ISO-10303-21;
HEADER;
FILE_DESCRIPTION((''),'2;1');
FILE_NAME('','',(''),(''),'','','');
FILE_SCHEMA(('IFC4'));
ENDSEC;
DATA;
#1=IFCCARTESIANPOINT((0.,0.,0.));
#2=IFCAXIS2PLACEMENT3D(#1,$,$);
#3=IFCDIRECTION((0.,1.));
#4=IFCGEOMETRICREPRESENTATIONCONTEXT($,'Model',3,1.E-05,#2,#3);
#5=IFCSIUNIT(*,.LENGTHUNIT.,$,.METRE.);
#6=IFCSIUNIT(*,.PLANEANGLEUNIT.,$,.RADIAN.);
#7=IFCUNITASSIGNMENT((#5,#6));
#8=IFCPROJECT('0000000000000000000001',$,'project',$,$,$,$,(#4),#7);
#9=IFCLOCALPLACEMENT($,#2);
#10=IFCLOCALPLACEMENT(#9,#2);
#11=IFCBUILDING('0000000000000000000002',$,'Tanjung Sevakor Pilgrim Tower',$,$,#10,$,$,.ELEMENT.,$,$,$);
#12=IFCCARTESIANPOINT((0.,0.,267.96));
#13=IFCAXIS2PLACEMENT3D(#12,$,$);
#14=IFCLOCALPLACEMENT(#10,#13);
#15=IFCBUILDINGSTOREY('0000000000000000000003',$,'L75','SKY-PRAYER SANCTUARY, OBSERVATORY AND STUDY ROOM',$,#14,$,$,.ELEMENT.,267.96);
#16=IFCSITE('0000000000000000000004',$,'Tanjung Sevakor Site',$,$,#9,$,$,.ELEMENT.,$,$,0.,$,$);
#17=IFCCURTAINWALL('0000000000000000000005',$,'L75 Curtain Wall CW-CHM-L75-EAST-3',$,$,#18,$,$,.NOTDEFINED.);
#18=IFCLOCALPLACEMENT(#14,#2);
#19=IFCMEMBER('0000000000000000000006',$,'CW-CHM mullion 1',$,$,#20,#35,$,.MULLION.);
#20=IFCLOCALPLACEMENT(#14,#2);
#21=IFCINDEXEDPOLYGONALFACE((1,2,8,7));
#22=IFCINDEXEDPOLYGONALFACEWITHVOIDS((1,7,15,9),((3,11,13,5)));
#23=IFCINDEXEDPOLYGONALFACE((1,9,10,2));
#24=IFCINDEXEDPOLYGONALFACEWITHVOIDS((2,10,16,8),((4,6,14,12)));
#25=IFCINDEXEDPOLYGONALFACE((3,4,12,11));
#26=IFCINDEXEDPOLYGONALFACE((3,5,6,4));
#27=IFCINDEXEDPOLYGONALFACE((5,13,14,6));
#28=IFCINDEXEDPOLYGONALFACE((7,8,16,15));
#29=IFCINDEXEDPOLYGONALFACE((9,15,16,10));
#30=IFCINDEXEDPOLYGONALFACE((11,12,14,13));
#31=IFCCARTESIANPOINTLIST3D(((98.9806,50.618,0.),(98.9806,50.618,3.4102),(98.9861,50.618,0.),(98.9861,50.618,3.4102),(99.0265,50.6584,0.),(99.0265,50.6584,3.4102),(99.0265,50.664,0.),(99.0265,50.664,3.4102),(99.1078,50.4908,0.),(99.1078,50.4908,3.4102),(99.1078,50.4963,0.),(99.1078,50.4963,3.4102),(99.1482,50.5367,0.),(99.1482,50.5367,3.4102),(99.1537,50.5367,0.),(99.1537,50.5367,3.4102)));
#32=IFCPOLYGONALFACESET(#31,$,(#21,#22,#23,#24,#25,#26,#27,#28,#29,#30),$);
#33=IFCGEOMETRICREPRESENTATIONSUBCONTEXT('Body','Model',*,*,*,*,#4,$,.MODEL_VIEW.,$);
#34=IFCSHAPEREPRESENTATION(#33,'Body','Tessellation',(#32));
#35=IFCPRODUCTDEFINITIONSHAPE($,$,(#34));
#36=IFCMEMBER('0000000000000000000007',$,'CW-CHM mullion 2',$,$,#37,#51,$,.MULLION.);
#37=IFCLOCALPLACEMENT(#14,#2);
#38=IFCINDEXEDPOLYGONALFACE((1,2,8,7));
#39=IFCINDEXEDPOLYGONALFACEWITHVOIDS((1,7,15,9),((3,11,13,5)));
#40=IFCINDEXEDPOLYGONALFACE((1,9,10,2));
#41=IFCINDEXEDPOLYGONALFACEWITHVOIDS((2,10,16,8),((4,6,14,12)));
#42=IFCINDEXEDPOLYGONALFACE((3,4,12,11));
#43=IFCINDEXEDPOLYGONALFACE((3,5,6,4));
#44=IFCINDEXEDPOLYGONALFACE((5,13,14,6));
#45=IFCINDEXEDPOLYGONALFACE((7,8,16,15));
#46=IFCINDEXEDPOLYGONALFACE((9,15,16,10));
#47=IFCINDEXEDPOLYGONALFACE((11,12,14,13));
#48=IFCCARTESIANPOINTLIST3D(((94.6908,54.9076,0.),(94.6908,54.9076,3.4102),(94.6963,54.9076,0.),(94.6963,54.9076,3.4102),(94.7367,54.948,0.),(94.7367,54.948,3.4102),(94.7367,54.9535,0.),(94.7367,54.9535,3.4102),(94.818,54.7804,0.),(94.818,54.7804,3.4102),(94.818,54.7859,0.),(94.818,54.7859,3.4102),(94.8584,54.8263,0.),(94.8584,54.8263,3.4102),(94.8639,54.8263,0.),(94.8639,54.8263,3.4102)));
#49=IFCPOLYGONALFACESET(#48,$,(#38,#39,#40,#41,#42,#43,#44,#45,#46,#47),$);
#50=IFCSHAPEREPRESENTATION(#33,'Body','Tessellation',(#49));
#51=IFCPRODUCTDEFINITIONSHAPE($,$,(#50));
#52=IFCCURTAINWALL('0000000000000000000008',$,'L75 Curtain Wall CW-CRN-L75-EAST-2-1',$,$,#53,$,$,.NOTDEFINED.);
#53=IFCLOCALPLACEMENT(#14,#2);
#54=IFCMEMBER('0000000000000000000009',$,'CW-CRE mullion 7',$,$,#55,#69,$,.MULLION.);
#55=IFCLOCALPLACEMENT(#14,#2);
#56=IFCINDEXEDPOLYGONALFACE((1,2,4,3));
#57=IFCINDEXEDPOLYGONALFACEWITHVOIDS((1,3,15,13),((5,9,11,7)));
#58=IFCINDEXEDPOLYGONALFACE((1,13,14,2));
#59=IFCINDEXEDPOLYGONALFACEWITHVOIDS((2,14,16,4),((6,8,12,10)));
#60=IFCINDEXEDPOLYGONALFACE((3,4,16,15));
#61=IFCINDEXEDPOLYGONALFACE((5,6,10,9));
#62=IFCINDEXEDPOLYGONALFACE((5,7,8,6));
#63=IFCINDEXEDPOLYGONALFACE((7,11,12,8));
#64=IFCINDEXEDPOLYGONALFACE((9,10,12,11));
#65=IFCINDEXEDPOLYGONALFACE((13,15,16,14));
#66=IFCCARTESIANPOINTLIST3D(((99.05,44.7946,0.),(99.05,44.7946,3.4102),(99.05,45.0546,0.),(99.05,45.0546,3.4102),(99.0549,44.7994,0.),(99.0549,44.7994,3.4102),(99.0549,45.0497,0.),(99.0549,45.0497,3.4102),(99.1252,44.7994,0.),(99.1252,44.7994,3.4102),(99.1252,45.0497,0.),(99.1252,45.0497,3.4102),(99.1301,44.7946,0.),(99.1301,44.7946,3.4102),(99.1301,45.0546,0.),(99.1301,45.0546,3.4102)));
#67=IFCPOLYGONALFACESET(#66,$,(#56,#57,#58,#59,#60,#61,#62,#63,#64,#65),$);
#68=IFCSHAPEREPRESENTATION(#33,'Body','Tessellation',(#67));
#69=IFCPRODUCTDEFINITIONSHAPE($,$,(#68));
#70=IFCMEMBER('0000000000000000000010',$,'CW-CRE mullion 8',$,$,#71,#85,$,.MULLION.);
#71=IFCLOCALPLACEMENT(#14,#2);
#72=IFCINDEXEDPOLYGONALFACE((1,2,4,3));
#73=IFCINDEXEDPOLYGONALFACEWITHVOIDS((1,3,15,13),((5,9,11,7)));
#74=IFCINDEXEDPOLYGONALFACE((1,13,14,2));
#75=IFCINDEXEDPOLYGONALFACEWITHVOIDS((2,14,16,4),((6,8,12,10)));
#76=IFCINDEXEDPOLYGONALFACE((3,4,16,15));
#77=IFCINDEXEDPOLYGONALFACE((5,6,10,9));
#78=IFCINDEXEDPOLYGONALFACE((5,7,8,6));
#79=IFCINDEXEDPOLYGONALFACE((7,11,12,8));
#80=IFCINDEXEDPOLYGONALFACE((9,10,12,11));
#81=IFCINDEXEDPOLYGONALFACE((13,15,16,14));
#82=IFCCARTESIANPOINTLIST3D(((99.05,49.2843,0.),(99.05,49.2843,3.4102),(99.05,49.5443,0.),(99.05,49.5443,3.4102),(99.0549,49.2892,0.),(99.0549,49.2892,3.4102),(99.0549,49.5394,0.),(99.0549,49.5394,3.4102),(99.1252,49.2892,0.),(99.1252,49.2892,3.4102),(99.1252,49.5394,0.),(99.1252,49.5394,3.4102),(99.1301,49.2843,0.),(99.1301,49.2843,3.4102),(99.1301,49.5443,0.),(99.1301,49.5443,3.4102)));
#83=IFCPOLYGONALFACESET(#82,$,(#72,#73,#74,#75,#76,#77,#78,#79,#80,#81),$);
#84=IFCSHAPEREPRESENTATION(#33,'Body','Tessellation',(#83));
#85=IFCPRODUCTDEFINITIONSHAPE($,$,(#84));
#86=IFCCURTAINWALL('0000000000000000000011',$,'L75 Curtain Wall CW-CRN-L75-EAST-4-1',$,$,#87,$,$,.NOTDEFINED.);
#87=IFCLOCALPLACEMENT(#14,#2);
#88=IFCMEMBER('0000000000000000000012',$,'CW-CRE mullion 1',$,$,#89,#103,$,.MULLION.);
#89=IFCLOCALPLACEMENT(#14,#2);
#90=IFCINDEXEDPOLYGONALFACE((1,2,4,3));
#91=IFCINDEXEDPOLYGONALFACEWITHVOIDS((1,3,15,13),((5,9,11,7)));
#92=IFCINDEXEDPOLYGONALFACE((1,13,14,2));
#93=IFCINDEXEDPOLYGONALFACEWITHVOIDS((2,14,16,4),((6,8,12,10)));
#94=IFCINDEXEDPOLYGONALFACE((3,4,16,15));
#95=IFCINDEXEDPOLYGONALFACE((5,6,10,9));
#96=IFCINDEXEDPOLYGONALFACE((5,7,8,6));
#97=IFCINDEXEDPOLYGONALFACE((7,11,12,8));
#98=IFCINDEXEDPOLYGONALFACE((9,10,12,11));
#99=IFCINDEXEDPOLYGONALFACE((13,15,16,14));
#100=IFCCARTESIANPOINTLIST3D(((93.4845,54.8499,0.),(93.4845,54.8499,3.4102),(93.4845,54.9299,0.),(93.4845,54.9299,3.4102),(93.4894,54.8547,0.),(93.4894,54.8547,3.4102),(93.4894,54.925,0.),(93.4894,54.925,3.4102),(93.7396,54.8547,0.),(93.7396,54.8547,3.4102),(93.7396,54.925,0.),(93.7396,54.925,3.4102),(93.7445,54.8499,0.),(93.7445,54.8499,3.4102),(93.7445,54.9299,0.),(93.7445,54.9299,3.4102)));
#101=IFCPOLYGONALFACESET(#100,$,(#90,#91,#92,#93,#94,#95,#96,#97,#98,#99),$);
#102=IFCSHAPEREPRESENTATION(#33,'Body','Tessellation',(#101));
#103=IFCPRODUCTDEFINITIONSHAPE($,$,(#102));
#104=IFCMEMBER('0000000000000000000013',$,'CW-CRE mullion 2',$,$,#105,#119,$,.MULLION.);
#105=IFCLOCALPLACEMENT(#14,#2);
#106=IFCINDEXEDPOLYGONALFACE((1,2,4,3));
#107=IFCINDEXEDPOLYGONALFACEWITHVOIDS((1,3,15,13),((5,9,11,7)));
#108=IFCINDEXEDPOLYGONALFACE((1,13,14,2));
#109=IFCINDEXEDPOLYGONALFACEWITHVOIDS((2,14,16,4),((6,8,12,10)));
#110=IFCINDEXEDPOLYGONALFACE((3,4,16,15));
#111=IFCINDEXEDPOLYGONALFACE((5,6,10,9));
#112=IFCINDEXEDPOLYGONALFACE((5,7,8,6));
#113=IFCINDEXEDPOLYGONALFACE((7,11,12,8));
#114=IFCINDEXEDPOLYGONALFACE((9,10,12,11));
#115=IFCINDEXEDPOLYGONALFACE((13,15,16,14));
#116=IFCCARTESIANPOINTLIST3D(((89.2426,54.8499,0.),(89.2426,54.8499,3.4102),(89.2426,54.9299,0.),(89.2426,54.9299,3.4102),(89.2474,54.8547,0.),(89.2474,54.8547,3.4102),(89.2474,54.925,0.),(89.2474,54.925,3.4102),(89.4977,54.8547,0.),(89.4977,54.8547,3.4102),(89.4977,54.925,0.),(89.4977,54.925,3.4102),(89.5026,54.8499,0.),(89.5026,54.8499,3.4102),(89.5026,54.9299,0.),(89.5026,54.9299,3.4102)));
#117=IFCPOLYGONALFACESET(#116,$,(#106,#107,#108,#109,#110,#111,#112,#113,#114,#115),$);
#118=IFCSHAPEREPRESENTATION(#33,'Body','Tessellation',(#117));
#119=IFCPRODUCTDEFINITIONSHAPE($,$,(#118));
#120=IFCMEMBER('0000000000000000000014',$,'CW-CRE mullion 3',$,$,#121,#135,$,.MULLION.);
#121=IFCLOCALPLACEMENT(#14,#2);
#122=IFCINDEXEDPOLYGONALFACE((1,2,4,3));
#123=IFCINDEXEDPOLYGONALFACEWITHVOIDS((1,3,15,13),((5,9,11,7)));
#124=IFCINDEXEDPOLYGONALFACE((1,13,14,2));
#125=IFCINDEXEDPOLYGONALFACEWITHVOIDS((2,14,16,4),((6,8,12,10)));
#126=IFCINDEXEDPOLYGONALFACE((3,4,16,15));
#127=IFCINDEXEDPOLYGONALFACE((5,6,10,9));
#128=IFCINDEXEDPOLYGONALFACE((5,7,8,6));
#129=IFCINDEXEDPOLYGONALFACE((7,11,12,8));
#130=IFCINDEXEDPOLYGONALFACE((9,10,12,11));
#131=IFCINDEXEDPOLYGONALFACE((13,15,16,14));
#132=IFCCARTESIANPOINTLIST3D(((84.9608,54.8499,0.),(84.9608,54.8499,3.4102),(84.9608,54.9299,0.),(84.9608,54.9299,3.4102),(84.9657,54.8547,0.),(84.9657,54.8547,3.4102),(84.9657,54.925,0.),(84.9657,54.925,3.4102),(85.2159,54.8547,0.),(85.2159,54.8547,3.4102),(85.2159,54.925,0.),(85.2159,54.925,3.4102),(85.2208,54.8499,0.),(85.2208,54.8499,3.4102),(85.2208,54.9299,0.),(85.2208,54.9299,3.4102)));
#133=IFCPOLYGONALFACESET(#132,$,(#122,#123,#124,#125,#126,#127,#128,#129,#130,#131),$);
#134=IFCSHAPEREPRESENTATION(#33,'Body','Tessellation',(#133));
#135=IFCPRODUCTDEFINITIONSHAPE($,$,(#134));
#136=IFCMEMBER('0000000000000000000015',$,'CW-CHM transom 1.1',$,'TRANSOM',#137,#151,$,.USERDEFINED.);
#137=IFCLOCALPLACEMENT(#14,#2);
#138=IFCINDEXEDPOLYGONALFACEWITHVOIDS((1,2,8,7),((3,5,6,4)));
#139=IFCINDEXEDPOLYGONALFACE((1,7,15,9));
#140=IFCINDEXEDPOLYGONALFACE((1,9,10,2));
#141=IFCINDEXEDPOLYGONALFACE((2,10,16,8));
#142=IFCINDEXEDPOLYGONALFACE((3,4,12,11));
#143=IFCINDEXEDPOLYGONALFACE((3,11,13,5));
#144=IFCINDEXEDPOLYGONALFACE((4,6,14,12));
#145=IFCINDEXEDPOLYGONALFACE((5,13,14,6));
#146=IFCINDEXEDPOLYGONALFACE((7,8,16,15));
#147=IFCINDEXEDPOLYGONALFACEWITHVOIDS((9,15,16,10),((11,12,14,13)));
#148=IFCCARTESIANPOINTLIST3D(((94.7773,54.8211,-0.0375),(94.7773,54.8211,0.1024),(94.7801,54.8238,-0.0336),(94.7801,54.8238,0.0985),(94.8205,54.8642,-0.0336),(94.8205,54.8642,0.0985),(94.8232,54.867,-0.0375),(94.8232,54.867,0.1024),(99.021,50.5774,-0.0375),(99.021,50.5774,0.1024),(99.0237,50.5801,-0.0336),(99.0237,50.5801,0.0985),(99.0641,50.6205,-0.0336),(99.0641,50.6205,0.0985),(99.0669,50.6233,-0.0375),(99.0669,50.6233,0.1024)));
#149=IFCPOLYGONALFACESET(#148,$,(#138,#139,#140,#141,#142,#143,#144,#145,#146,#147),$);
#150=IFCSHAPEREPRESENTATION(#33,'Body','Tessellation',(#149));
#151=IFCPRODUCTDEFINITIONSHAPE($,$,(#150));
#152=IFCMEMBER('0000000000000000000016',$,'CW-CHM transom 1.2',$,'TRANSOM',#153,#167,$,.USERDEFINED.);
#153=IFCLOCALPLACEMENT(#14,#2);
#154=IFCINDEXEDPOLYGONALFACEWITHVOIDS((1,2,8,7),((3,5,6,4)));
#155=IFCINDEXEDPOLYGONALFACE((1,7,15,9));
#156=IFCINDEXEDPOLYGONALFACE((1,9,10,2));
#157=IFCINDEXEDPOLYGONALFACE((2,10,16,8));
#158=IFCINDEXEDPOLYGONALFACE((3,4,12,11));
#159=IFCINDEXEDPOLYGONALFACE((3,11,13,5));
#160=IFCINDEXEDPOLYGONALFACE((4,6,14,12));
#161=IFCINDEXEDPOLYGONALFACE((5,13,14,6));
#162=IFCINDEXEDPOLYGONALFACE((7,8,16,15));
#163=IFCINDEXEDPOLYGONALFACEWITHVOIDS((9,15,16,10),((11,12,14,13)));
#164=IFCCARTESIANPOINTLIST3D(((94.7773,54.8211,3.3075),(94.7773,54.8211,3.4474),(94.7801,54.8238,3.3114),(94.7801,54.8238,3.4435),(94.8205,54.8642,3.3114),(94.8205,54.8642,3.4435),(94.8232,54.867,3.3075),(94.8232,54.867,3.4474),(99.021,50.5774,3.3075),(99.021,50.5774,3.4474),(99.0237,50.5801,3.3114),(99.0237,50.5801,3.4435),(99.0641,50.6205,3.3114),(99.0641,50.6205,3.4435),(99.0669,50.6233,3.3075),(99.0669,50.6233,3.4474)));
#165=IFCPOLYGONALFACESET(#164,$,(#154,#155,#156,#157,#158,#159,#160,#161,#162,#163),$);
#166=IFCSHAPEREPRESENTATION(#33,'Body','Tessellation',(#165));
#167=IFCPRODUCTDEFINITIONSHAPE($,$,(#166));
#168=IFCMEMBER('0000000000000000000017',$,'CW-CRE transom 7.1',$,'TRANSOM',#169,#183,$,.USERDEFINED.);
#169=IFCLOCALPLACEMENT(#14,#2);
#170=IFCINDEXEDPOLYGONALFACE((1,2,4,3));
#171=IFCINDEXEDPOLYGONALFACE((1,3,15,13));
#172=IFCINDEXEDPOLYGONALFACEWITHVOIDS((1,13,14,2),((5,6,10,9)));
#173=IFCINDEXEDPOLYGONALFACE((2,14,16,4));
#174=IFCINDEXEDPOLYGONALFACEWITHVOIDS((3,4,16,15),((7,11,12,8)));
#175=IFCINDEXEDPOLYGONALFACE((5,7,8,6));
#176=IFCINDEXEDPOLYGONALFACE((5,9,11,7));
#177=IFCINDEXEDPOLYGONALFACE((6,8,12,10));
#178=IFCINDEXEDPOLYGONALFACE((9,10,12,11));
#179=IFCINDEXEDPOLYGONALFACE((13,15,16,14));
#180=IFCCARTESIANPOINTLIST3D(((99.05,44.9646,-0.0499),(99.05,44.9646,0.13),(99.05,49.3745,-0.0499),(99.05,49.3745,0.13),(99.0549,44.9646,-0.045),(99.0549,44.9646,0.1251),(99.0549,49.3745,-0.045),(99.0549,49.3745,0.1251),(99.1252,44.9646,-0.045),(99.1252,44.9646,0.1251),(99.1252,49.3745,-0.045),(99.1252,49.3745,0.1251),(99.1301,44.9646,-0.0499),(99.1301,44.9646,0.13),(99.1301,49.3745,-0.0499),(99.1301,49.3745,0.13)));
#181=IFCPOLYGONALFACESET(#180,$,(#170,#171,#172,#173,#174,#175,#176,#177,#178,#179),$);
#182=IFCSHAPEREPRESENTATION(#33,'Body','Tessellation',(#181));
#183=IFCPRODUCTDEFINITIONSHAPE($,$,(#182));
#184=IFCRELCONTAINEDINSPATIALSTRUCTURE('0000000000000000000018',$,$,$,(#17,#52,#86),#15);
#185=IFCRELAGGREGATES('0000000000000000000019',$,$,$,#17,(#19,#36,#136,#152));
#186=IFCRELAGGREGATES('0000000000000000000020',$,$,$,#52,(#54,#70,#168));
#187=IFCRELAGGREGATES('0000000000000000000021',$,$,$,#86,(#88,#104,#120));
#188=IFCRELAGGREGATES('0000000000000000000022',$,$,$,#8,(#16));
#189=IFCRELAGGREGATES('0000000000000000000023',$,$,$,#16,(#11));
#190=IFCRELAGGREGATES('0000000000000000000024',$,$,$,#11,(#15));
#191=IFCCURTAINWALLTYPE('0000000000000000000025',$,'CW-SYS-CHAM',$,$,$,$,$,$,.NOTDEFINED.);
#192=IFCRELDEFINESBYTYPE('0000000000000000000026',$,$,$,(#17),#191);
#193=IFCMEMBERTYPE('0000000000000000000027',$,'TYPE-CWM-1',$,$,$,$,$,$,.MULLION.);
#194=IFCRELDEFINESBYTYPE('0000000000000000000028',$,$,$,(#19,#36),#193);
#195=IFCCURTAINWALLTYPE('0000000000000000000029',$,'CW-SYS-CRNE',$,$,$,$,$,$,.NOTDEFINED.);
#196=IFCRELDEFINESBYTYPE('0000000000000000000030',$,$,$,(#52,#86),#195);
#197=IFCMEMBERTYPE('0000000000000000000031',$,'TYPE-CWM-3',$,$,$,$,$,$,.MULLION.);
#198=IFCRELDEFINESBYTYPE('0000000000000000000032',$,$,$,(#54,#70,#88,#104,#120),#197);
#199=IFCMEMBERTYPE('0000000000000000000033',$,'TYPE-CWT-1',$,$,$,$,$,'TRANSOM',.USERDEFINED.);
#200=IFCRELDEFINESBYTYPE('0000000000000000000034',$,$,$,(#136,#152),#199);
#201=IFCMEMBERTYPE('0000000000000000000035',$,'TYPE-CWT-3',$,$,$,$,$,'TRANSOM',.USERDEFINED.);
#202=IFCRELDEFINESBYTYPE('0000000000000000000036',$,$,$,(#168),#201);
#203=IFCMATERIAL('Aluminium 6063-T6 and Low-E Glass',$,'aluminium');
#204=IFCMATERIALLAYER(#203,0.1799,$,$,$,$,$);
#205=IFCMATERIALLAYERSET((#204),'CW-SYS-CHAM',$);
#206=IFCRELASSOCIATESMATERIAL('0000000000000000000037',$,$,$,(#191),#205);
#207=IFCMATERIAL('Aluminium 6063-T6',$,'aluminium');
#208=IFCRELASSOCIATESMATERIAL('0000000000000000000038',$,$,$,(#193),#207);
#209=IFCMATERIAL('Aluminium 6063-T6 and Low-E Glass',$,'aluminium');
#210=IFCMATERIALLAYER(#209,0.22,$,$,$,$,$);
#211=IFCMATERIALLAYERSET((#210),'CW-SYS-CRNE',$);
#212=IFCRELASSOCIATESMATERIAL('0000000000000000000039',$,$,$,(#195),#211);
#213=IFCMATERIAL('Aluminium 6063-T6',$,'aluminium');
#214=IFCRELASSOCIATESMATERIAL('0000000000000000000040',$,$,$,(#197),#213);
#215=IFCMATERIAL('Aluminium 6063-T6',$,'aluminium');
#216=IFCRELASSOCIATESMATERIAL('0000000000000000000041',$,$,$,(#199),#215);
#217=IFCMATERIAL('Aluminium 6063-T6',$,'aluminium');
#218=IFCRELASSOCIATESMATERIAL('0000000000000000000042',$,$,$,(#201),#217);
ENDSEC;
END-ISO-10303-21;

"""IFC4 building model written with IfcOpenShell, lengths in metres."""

from ifc_helpers import new_model, si_unit, direction, frame, origin, origin_2d, place, context, subcontext, project, spatial, hollow_rectangle, extrude, material, layer, layer_set, material_profile, profile_set, type_object, element, aggregate, save


model = new_model("IFC4")

# Units and contexts
model_context = context("Model", 3, precision=1e-05, world=origin(), true_north=direction((0.0, 1.0)))
body_context = subcontext(model_context, "Body", "Model", "MODEL_VIEW")
ifc_project = project(units=[si_unit("LENGTHUNIT", "METRE"), si_unit("PLANEANGLEUNIT", "RADIAN")], contexts=[model_context])

# Site, building, storey
site_placement = place(None, origin())
site = spatial("IfcSite", under=ifc_project, at=site_placement, Name="Tanjung Sevakor Site", CompositionType="ELEMENT", RefElevation=0.0)
building_placement = place(site_placement, origin())
building = spatial("IfcBuilding", under=site, at=building_placement, Name="Tanjung Sevakor Pilgrim Tower", CompositionType="ELEMENT")
storey_placement = place(building_placement, frame((0.0, 0.0, 267.96)))
storey = spatial("IfcBuildingStorey", under=building, at=storey_placement, Name="L75", Description="SKY-PRAYER SANCTUARY, OBSERVATORY AND STUDY ROOM", CompositionType="ELEMENT", Elevation=267.96)

# Curtain walls, members
ifc_material_1 = material(Name="Aluminium 6063-T6 and Low-E Glass", Category="aluminium")
ifc_layer_1 = layer(ifc_material_1, 0.1799)
ifc_layer_set_1 = layer_set([ifc_layer_1], Name="CW-SYS-CHAM")
curtain_wall_type_1 = type_object("IfcCurtainWallType", Name="CW-SYS-CHAM", PredefinedType="NOTDEFINED", material=ifc_layer_set_1)
curtain_wall_1_placement = place(storey_placement, origin())
curtain_wall_1 = element("IfcCurtainWall", 1, at=curtain_wall_1_placement, inside=storey, type_object=curtain_wall_type_1, Name="L75 Curtain Wall CW-CHM-L75-EAST-3", PredefinedType="NOTDEFINED")
ifc_material_2 = material(Name="Aluminium 6063-T6", Category="aluminium")
ifc_material_profile_1 = material_profile(ifc_material_2, hollow_rectangle(XDim=0.0649, YDim=0.1799, WallThickness=0.0039, at=origin_2d()))
ifc_profile_set_1 = profile_set([ifc_material_profile_1], Name="Aluminium 6063-T6")
member_type_1 = type_object("IfcMemberType", Name="TYPE-CWM-1", PredefinedType="MULLION", material=ifc_profile_set_1)
member_1_placement = place(storey_placement, frame((99.0671, 50.5774, 0.0), z_axis=(0.0, 0.0, 1.0), x_axis=(-0.707107, -0.707107, 0.0)))
member_1 = element("IfcMember", 2, at=member_1_placement, type_object=member_type_1, Name="CW-CHM mullion 1", PredefinedType="MULLION", context=body_context, shape_type="SweptSolid", body=[
    extrude(hollow_rectangle(XDim=0.0649, YDim=0.1799, WallThickness=0.0039, at=origin_2d()), origin(), (0.0, 0.0, 1.0), 3.4102),
])
member_2_placement = place(storey_placement, frame((94.7773, 54.8669, 0.0), z_axis=(0.0, 0.0, 1.0), x_axis=(-0.707107, -0.707107, 0.0)))
member_2 = element("IfcMember", 3, at=member_2_placement, type_object=member_type_1, Name="CW-CHM mullion 2", PredefinedType="MULLION", context=body_context, shape_type="SweptSolid", body=[
    extrude(hollow_rectangle(XDim=0.0649, YDim=0.1799, WallThickness=0.0039, at=origin_2d()), origin(), (0.0, 0.0, 1.0), 3.4102),
])
ifc_material_3 = material(Name="Aluminium 6063-T6 and Low-E Glass", Category="aluminium")
ifc_layer_2 = layer(ifc_material_3, 0.22)
ifc_layer_set_2 = layer_set([ifc_layer_2], Name="CW-SYS-CRNE")
curtain_wall_type_2 = type_object("IfcCurtainWallType", Name="CW-SYS-CRNE", PredefinedType="NOTDEFINED", material=ifc_layer_set_2)
curtain_wall_2_placement = place(storey_placement, origin())
curtain_wall_2 = element("IfcCurtainWall", 4, at=curtain_wall_2_placement, inside=storey, type_object=curtain_wall_type_2, Name="L75 Curtain Wall CW-CRN-L75-EAST-2-1", PredefinedType="NOTDEFINED")
ifc_material_4 = material(Name="Aluminium 6063-T6", Category="aluminium")
ifc_material_profile_2 = material_profile(ifc_material_4, hollow_rectangle(XDim=0.0801, YDim=0.26, WallThickness=0.0049, at=origin_2d()))
ifc_profile_set_2 = profile_set([ifc_material_profile_2], Name="Aluminium 6063-T6")
member_type_2 = type_object("IfcMemberType", Name="TYPE-CWM-3", PredefinedType="MULLION", material=ifc_profile_set_2)
member_3_placement = place(storey_placement, frame((99.0901, 44.9246, 0.0), z_axis=(0.0, 0.0, 1.0), x_axis=(-1.0, 0.0, 0.0)))
member_3 = element("IfcMember", 5, at=member_3_placement, type_object=member_type_2, Name="CW-CRE mullion 7", PredefinedType="MULLION", context=body_context, shape_type="SweptSolid", body=[
    extrude(hollow_rectangle(XDim=0.0801, YDim=0.26, WallThickness=0.0049, at=origin_2d()), origin(), (0.0, 0.0, 1.0), 3.4102),
])
member_4_placement = place(storey_placement, frame((99.0901, 49.4143, 0.0), z_axis=(0.0, 0.0, 1.0), x_axis=(-1.0, 0.0, 0.0)))
member_4 = element("IfcMember", 6, at=member_4_placement, type_object=member_type_2, Name="CW-CRE mullion 8", PredefinedType="MULLION", context=body_context, shape_type="SweptSolid", body=[
    extrude(hollow_rectangle(XDim=0.0801, YDim=0.26, WallThickness=0.0049, at=origin_2d()), origin(), (0.0, 0.0, 1.0), 3.4102),
])
curtain_wall_3_placement = place(storey_placement, origin())
curtain_wall_3 = element("IfcCurtainWall", 7, at=curtain_wall_3_placement, inside=storey, type_object=curtain_wall_type_2, Name="L75 Curtain Wall CW-CRN-L75-EAST-4-1", PredefinedType="NOTDEFINED")
member_5_placement = place(storey_placement, frame((93.6145, 54.8899, 0.0), z_axis=(0.0, 0.0, 1.0), x_axis=(0.0, -1.0, 0.0)))
member_5 = element("IfcMember", 8, at=member_5_placement, type_object=member_type_2, Name="CW-CRE mullion 1", PredefinedType="MULLION", context=body_context, shape_type="SweptSolid", body=[
    extrude(hollow_rectangle(XDim=0.0801, YDim=0.26, WallThickness=0.0049, at=origin_2d()), origin(), (0.0, 0.0, 1.0), 3.4102),
])
member_6_placement = place(storey_placement, frame((89.3726, 54.8899, 0.0), z_axis=(0.0, 0.0, 1.0), x_axis=(0.0, -1.0, 0.0)))
member_6 = element("IfcMember", 9, at=member_6_placement, type_object=member_type_2, Name="CW-CRE mullion 2", PredefinedType="MULLION", context=body_context, shape_type="SweptSolid", body=[
    extrude(hollow_rectangle(XDim=0.0801, YDim=0.26, WallThickness=0.0049, at=origin_2d()), origin(), (0.0, 0.0, 1.0), 3.4102),
])
member_7_placement = place(storey_placement, frame((85.0908, 54.8899, 0.0), z_axis=(0.0, 0.0, 1.0), x_axis=(0.0, -1.0, 0.0)))
member_7 = element("IfcMember", 10, at=member_7_placement, type_object=member_type_2, Name="CW-CRE mullion 3", PredefinedType="MULLION", context=body_context, shape_type="SweptSolid", body=[
    extrude(hollow_rectangle(XDim=0.0801, YDim=0.26, WallThickness=0.0049, at=origin_2d()), origin(), (0.0, 0.0, 1.0), 3.4102),
])

# Members
ifc_material_5 = material(Name="Aluminium 6063-T6", Category="aluminium")
ifc_material_profile_3 = material_profile(ifc_material_5, hollow_rectangle(XDim=0.0649, YDim=0.1399, WallThickness=0.0039, at=origin_2d()))
ifc_profile_set_3 = profile_set([ifc_material_profile_3], Name="Aluminium 6063-T6")
member_type_3 = type_object("IfcMemberType", Name="TYPE-CWT-1", ElementType="TRANSOM", PredefinedType="USERDEFINED", material=ifc_profile_set_3)
member_8_placement = place(storey_placement, frame((99.0439, 50.6003, 0.0325), z_axis=(-0.707107, 0.707107, 0.0), x_axis=(-0.707107, -0.707107, 0.0)))
member_8 = element("IfcMember", 11, at=member_8_placement, type_object=member_type_3, Name="CW-CHM transom 1.1", ObjectType="TRANSOM", PredefinedType="USERDEFINED", context=body_context, shape_type="SweptSolid", body=[
    extrude(hollow_rectangle(XDim=0.0649, YDim=0.1399, WallThickness=0.0039, at=origin_2d()), origin(), (0.0, 0.0, 1.0), 6.0015),
])
member_9_placement = place(storey_placement, frame((99.0439, 50.6003, 3.3774), z_axis=(-0.707107, 0.707107, 0.0), x_axis=(-0.707107, -0.707107, 0.0)))
member_9 = element("IfcMember", 12, at=member_9_placement, type_object=member_type_3, Name="CW-CHM transom 1.2", ObjectType="TRANSOM", PredefinedType="USERDEFINED", context=body_context, shape_type="SweptSolid", body=[
    extrude(hollow_rectangle(XDim=0.0649, YDim=0.1399, WallThickness=0.0039, at=origin_2d()), origin(), (0.0, 0.0, 1.0), 6.0015),
])
ifc_material_6 = material(Name="Aluminium 6063-T6", Category="aluminium")
ifc_material_profile_4 = material_profile(ifc_material_6, hollow_rectangle(XDim=0.0801, YDim=0.1799, WallThickness=0.0049, at=origin_2d()))
ifc_profile_set_4 = profile_set([ifc_material_profile_4], Name="Aluminium 6063-T6")
member_type_4 = type_object("IfcMemberType", Name="TYPE-CWT-3", ElementType="TRANSOM", PredefinedType="USERDEFINED", material=ifc_profile_set_4)
member_10_placement = place(storey_placement, frame((99.0901, 44.9646, 0.04), z_axis=(0.0, 1.0, 0.0), x_axis=(-1.0, 0.0, 0.0)))
member_10 = element("IfcMember", 13, at=member_10_placement, type_object=member_type_4, Name="CW-CRE transom 7.1", ObjectType="TRANSOM", PredefinedType="USERDEFINED", context=body_context, shape_type="SweptSolid", body=[
    extrude(hollow_rectangle(XDim=0.0801, YDim=0.1799, WallThickness=0.0049, at=origin_2d()), origin(), (0.0, 0.0, 1.0), 4.4099),
])

aggregate(curtain_wall_1, [member_1, member_2, member_8, member_9])
aggregate(curtain_wall_2, [member_3, member_4, member_10])
aggregate(curtain_wall_3, [member_5, member_6, member_7])

save(model, "model.ifc")
